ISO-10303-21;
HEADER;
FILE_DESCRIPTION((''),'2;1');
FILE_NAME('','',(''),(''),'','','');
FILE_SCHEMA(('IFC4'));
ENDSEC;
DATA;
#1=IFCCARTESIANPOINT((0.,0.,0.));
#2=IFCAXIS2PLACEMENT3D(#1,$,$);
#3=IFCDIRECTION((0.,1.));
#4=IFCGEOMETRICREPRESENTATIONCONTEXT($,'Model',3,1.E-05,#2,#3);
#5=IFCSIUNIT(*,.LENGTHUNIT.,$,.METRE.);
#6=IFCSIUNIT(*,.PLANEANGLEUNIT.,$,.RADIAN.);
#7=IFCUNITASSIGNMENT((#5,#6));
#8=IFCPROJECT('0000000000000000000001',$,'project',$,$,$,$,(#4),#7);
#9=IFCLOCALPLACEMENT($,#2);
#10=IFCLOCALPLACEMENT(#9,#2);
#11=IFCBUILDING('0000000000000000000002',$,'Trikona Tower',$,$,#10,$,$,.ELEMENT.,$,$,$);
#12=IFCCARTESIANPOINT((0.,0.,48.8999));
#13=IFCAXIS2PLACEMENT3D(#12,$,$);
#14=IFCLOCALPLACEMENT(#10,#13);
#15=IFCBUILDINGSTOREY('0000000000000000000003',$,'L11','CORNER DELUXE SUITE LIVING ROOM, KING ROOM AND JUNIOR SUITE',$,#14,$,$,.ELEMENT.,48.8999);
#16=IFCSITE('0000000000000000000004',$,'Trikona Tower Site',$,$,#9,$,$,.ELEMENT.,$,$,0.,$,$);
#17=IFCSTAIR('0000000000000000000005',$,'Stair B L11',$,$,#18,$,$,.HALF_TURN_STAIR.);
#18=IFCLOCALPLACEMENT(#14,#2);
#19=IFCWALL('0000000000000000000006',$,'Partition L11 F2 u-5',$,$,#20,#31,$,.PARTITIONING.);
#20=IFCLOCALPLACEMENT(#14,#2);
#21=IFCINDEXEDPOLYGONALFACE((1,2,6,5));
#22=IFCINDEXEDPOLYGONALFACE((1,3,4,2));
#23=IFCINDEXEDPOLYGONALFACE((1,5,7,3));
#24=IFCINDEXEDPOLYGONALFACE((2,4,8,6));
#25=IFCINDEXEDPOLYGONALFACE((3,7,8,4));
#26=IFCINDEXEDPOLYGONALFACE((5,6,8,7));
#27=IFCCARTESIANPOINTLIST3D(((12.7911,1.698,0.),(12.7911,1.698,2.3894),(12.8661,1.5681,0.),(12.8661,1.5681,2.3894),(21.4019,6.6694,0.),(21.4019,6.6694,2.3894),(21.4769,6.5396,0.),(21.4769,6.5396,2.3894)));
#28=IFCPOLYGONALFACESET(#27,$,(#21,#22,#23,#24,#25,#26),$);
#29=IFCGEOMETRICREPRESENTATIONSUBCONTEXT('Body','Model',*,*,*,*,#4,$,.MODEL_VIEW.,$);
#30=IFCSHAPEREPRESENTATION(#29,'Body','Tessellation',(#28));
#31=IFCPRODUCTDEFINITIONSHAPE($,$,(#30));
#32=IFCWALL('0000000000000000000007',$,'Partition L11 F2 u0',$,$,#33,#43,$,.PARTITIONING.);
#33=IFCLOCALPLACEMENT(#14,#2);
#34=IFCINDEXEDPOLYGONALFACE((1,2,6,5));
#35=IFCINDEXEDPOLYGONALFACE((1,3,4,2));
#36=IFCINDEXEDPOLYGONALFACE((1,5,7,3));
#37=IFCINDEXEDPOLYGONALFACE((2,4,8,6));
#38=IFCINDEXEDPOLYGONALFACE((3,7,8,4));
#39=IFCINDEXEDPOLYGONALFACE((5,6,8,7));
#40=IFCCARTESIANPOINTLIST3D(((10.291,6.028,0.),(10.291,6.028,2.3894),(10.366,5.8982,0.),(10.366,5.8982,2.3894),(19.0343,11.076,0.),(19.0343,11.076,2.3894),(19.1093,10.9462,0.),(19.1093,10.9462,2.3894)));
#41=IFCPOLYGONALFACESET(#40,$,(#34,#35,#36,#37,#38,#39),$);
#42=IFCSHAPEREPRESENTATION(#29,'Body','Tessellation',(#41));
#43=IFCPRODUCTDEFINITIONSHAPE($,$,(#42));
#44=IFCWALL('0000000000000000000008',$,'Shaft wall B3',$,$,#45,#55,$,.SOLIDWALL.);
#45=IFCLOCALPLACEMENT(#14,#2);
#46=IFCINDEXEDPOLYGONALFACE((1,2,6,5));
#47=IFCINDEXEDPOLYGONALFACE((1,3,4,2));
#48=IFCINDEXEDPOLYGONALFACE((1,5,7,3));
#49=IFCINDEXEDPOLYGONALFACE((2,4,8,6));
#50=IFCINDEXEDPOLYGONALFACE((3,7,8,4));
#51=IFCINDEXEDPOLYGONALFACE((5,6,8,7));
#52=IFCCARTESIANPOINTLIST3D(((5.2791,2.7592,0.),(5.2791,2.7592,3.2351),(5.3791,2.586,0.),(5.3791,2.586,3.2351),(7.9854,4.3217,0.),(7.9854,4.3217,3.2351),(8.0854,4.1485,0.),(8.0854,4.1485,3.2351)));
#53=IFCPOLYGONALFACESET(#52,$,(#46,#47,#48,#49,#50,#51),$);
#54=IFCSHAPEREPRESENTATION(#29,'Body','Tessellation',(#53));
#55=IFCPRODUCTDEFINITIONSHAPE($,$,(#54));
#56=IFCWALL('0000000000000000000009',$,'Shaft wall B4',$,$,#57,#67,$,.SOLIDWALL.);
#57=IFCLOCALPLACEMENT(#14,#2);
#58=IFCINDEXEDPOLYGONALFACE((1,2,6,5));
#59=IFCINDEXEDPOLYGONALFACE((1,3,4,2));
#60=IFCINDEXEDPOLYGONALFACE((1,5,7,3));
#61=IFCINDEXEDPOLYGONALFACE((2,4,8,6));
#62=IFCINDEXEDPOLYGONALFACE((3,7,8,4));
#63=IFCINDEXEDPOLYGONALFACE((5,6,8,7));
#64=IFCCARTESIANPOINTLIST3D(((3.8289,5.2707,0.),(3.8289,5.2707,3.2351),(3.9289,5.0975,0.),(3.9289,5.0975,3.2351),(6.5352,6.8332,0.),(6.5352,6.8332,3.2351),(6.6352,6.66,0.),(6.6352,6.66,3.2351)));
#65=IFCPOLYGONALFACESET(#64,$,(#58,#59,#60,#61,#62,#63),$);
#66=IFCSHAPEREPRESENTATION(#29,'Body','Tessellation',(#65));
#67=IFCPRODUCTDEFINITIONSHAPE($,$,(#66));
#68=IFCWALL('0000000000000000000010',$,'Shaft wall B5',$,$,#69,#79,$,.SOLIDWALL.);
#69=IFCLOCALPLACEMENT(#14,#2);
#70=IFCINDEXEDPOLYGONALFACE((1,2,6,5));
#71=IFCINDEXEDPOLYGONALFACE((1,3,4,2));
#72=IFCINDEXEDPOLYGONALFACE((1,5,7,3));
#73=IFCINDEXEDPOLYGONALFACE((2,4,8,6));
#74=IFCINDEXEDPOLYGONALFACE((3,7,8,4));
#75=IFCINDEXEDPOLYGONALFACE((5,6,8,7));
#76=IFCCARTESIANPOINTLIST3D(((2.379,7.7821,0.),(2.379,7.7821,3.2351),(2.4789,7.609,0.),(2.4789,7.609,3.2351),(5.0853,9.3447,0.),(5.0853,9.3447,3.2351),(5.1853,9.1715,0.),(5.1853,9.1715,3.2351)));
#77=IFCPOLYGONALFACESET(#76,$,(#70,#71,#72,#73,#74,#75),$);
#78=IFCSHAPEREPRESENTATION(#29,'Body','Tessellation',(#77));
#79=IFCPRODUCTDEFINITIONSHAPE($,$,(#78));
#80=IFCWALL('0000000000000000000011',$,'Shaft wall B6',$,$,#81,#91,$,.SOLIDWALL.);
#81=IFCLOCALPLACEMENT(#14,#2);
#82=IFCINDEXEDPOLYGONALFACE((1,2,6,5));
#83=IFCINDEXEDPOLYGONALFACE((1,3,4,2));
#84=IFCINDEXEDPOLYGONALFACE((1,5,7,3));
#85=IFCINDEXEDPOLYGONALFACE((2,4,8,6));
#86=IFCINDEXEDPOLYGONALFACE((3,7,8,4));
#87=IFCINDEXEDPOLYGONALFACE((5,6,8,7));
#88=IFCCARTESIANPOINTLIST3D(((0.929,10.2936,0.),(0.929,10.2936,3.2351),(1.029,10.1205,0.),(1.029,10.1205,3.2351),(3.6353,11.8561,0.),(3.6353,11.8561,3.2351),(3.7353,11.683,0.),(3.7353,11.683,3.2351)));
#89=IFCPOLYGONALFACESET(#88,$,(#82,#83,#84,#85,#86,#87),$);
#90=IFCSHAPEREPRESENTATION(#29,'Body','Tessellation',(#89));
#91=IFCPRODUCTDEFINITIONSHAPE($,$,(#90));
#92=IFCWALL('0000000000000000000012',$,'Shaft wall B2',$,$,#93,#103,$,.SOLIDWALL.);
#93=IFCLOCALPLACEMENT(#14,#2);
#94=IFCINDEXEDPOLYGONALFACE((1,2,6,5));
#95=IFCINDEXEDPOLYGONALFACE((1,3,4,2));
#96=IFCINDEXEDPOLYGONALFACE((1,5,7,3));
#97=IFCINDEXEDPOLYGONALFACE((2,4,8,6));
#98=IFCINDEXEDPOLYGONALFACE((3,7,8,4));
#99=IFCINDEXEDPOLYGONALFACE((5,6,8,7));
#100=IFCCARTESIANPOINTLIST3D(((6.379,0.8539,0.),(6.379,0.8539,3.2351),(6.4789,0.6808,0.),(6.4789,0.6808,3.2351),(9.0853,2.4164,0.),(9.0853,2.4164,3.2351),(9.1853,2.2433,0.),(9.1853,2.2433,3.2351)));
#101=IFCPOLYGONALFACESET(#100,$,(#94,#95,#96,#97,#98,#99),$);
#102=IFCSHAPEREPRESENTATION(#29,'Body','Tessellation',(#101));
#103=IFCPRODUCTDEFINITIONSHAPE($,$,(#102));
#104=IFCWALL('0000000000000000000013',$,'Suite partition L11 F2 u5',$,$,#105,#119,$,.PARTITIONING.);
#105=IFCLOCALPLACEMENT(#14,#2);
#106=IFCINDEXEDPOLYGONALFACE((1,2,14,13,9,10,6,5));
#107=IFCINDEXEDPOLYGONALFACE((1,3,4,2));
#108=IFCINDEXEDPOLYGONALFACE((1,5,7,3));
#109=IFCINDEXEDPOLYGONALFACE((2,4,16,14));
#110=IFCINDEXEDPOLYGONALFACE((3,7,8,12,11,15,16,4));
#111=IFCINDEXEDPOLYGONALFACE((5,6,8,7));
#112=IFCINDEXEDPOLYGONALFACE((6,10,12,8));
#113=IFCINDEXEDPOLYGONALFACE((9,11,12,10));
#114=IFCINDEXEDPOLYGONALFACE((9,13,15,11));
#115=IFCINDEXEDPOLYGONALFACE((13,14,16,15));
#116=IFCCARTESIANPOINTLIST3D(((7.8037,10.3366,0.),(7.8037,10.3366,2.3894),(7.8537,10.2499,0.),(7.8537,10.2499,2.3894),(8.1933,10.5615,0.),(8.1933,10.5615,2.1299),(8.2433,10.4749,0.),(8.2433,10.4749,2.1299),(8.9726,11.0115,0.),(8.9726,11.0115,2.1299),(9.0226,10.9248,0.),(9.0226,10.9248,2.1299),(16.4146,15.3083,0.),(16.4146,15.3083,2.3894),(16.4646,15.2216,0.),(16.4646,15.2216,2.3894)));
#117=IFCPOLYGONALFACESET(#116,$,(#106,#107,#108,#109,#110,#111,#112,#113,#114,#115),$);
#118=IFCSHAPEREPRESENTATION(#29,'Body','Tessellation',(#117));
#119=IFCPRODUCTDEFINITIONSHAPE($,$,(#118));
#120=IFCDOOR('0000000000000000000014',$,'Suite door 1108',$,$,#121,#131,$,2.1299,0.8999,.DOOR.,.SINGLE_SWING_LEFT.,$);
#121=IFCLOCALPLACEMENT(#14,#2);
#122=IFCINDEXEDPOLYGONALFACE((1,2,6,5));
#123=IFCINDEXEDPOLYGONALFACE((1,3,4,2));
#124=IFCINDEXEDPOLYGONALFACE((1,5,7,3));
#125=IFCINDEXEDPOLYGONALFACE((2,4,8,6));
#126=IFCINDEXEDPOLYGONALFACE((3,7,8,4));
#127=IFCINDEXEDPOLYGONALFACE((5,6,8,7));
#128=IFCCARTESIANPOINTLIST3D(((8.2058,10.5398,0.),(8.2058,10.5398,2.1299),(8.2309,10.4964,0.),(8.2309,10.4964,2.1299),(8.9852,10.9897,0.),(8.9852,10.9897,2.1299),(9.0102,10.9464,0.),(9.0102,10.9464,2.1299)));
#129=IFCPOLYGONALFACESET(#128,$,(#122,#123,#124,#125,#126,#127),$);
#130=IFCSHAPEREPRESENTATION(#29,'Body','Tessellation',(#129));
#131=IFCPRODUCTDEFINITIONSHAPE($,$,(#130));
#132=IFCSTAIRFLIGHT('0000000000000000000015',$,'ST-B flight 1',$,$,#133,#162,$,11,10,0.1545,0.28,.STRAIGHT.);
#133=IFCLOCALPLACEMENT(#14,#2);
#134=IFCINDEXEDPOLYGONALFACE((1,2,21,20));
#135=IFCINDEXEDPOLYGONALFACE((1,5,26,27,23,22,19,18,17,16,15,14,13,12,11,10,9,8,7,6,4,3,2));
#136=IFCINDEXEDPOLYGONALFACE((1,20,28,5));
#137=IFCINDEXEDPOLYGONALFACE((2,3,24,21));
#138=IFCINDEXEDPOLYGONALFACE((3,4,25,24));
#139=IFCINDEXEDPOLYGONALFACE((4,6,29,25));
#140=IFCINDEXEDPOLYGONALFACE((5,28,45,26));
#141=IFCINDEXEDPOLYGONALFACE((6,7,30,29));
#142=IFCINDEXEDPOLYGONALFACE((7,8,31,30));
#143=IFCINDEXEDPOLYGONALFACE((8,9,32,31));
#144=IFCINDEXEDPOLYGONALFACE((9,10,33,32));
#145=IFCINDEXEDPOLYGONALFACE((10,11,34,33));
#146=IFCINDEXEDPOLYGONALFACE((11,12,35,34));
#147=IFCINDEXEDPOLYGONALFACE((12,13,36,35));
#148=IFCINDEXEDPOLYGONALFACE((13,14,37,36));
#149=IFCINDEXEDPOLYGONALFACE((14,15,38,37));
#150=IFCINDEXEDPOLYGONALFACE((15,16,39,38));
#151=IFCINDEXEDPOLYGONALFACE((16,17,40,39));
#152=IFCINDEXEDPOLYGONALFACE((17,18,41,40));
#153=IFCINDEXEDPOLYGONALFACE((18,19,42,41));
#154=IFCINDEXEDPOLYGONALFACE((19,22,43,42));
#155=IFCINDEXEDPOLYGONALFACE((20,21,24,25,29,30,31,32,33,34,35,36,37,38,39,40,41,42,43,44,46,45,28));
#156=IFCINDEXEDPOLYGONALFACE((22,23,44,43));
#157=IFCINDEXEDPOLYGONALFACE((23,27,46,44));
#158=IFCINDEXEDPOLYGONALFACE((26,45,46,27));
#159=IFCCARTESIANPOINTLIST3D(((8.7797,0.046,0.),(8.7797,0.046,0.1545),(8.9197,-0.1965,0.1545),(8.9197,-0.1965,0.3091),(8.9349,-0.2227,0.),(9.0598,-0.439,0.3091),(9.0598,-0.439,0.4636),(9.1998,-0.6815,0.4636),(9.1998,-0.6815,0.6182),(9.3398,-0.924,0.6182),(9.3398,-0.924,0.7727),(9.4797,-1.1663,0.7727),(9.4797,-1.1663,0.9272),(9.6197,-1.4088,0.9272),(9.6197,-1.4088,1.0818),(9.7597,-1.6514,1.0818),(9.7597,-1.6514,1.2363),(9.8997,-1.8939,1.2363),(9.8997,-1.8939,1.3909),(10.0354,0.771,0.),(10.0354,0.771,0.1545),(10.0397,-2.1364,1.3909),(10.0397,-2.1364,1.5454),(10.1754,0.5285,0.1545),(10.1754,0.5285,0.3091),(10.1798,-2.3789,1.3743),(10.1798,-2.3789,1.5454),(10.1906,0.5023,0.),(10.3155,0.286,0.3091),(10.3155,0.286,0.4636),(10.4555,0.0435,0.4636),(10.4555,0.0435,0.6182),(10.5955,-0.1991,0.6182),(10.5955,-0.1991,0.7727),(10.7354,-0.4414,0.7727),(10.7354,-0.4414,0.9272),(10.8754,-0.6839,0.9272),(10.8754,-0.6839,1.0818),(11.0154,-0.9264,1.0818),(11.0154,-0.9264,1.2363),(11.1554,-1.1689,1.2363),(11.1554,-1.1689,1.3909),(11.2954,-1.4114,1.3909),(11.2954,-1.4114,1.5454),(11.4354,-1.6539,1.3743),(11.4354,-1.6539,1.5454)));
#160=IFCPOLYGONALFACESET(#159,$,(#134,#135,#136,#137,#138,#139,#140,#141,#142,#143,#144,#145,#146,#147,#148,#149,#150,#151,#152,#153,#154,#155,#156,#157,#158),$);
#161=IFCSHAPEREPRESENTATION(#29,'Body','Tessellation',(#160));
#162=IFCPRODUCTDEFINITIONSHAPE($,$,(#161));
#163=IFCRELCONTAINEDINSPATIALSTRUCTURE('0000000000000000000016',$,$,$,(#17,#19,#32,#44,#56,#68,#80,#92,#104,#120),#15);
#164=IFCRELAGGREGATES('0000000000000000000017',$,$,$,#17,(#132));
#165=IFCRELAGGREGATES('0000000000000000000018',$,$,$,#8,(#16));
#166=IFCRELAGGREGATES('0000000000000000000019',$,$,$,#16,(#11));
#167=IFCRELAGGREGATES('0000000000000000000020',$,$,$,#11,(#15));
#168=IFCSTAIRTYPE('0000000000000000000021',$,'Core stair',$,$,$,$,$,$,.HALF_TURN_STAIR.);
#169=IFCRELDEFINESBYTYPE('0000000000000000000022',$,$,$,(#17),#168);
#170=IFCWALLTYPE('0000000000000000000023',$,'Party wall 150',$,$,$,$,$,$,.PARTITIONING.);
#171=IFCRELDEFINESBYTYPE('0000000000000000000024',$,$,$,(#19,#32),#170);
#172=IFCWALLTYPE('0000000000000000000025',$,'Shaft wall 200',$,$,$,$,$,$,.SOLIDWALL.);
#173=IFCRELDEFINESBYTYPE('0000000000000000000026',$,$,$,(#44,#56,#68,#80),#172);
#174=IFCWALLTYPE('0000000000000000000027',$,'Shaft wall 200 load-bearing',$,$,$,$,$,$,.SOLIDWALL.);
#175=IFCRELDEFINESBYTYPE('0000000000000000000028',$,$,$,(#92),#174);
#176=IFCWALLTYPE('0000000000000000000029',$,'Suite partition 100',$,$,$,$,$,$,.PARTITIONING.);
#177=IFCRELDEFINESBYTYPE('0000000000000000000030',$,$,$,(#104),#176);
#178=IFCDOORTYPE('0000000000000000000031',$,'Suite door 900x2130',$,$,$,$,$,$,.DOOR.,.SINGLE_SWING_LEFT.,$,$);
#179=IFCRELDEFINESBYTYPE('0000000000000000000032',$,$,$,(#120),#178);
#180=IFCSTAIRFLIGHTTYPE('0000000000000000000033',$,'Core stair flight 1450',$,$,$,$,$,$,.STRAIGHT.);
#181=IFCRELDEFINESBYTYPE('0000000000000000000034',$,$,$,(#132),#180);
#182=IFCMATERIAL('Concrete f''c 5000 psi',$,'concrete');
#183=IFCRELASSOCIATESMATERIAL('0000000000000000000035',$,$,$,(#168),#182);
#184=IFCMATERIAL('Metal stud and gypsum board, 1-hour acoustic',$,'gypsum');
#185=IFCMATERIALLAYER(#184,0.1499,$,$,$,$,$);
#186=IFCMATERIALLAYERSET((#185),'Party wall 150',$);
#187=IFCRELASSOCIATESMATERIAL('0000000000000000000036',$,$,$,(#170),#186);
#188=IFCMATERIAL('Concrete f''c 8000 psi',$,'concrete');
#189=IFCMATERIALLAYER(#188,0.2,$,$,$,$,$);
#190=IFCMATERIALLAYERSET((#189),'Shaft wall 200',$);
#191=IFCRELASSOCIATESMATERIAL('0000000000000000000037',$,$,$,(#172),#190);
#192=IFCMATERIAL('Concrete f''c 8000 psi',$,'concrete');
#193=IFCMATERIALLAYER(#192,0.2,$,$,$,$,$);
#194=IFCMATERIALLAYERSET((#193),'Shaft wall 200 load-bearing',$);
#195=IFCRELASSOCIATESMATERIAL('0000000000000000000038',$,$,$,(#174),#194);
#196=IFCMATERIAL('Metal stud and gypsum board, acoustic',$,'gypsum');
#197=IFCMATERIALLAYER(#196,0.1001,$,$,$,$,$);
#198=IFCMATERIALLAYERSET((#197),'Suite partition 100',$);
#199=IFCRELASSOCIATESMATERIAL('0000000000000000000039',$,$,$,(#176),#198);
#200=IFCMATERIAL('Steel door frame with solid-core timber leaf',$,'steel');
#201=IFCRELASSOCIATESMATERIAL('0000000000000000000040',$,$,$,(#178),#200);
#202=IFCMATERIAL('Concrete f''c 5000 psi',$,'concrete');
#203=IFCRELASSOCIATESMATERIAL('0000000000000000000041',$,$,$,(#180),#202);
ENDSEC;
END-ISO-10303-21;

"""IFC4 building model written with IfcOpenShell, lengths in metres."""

from ifc_helpers import new_model, si_unit, direction, frame, frame_2d, origin, place, context, subcontext, project, spatial, polyline, rectangle, outline, extrude, material, layer, layer_set, type_object, element, fill, aggregate, save


model = new_model("IFC4")

# Units and contexts
model_context = context("Model", 3, precision=1e-05, world=origin(), true_north=direction((0.0, 1.0)))
body_context = subcontext(model_context, "Body", "Model", "MODEL_VIEW")
ifc_project = project(units=[si_unit("LENGTHUNIT", "METRE"), si_unit("PLANEANGLEUNIT", "RADIAN")], contexts=[model_context])

# Site, building, storey
site_placement = place(None, origin())
site = spatial("IfcSite", under=ifc_project, at=site_placement, Name="Trikona Tower Site", CompositionType="ELEMENT", RefElevation=0.0)
building_placement = place(site_placement, origin())
building = spatial("IfcBuilding", under=site, at=building_placement, Name="Trikona Tower", CompositionType="ELEMENT")
storey_placement = place(building_placement, frame((0.0, 0.0, 48.8999)))
storey = spatial("IfcBuildingStorey", under=building, at=storey_placement, Name="L11", Description="CORNER DELUXE SUITE LIVING ROOM, KING ROOM AND JUNIOR SUITE", CompositionType="ELEMENT", Elevation=48.8999)

# Stair
ifc_material_1 = material(Name="Concrete f'c 5000 psi", Category="concrete")
stair_type = type_object("IfcStairType", Name="Core stair", PredefinedType="HALF_TURN_STAIR", material=ifc_material_1)
stair_1_placement = place(storey_placement, origin())
stair_1 = element("IfcStair", 1, at=stair_1_placement, inside=storey, type_object=stair_type, Name="Stair B L11", PredefinedType="HALF_TURN_STAIR")

# Walls
ifc_material_2 = material(Name="Metal stud and gypsum board, 1-hour acoustic", Category="gypsum")
ifc_layer_1 = layer(ifc_material_2, 0.1499)
ifc_layer_set_1 = layer_set([ifc_layer_1], Name="Party wall 150")
wall_type_1 = type_object("IfcWallType", Name="Party wall 150", PredefinedType="PARTITIONING", material=ifc_layer_set_1)
wall_1_placement = place(storey_placement, frame((12.8286, 1.6331, 0.0), z_axis=(0.0, 0.0, 1.0), x_axis=(0.866027, 0.499997, 0.0)))
element("IfcWall", 2, at=wall_1_placement, inside=storey, type_object=wall_type_1, Name="Partition L11 F2 u-5", PredefinedType="PARTITIONING", context=body_context, shape_type="SweptSolid", body=[
    extrude(rectangle(XDim=9.9429, YDim=0.1499, at=frame_2d((4.9714, 0.0))), origin(), (0.0, 0.0, 1.0), 2.3894),
])
wall_2_placement = place(storey_placement, frame((10.3286, 5.9631, 0.0), z_axis=(0.0, 0.0, 1.0), x_axis=(0.866022, 0.500006, 0.0)))
element("IfcWall", 3, at=wall_2_placement, inside=storey, type_object=wall_type_1, Name="Partition L11 F2 u0", PredefinedType="PARTITIONING", context=body_context, shape_type="SweptSolid", body=[
    extrude(rectangle(XDim=10.0959, YDim=0.1499, at=frame_2d((5.0479, 0.0))), origin(), (0.0, 0.0, 1.0), 2.3894),
])
ifc_material_3 = material(Name="Concrete f'c 8000 psi", Category="concrete")
ifc_layer_2 = layer(ifc_material_3, 0.2)
ifc_layer_set_2 = layer_set([ifc_layer_2], Name="Shaft wall 200")
wall_type_2 = type_object("IfcWallType", Name="Shaft wall 200", PredefinedType="SOLIDWALL", material=ifc_layer_set_2)
for number, where, z_axis, x_axis, name in (
    (4, (5.3291, 2.6726, 0.0), (0.0, 0.0, 1.0), (0.866023, 0.500004, 0.0), "Shaft wall B3"),
    (5, (3.8789, 5.1841, 0.0), (0.0, 0.0, 1.0), (0.866023, 0.500004, 0.0), "Shaft wall B4"),
    (6, (2.429, 7.6956, 0.0), (0.0, 0.0, 1.0), (0.866023, 0.500004, 0.0), "Shaft wall B5"),
    (7, (0.979, 10.207, 0.0), (0.0, 0.0, 1.0), (0.866023, 0.500004, 0.0), "Shaft wall B6"),
):
    element("IfcWall", number, at=place(storey_placement, frame(where, z_axis=z_axis, x_axis=x_axis)), inside=storey, type_object=wall_type_2, Name=name, PredefinedType="SOLIDWALL", context=body_context, shape_type="SweptSolid", body=[
        extrude(rectangle(XDim=3.125, YDim=0.2, at=frame_2d((1.5625, 0.0))), origin(), (0.0, 0.0, 1.0), 3.2351),
    ])
ifc_material_4 = material(Name="Concrete f'c 8000 psi", Category="concrete")
ifc_layer_3 = layer(ifc_material_4, 0.2)
ifc_layer_set_3 = layer_set([ifc_layer_3], Name="Shaft wall 200 load-bearing")
wall_type_3 = type_object("IfcWallType", Name="Shaft wall 200 load-bearing", PredefinedType="SOLIDWALL", material=ifc_layer_set_3)
wall_3_placement = place(storey_placement, frame((6.429, 0.7673, 0.0), z_axis=(0.0, 0.0, 1.0), x_axis=(0.866023, 0.500004, 0.0)))
element("IfcWall", 8, at=wall_3_placement, inside=storey, type_object=wall_type_3, Name="Shaft wall B2", PredefinedType="SOLIDWALL", context=body_context, shape_type="SweptSolid", body=[
    extrude(rectangle(XDim=3.125, YDim=0.2, at=frame_2d((1.5625, 0.0))), origin(), (0.0, 0.0, 1.0), 3.2351),
])

# Wall, opening, door
ifc_material_5 = material(Name="Metal stud and gypsum board, acoustic", Category="gypsum")
ifc_layer_4 = layer(ifc_material_5, 0.1001)
ifc_layer_set_4 = layer_set([ifc_layer_4], Name="Suite partition 100")
wall_type_4 = type_object("IfcWallType", Name="Suite partition 100", PredefinedType="PARTITIONING", material=ifc_layer_set_4)
wall_4_placement = place(storey_placement, frame((7.8286, 10.2932, 0.0), z_axis=(0.0, 0.0, 1.0), x_axis=(0.866016, 0.500016, 0.0)))
wall_4 = element("IfcWall", 9, at=wall_4_placement, inside=storey, type_object=wall_type_4, Name="Suite partition L11 F2 u5", PredefinedType="PARTITIONING", context=body_context, shape_type="SweptSolid", body=[
    extrude(rectangle(XDim=9.9431, YDim=0.1001, at=frame_2d((4.9717, 0.0))), origin(), (0.0, 0.0, 1.0), 2.3894),
])
opening_1_placement = place(wall_4_placement, frame((0.45, 0.0, 0.0)))
opening_1 = element("IfcOpeningElement", 10, at=opening_1_placement, cuts=wall_4, PredefinedType="OPENING", context=body_context, shape_type="SweptSolid", body=[
    extrude(rectangle(XDim=0.8999, YDim=2.1299, at=frame_2d((0.45, 1.0649))), frame((0.0, 0.0601, 0.0), z_axis=(0.0, -1.0, 0.0), x_axis=(1.0, 0.0, 0.0)), (0.0, 0.0, 1.0), 0.1201),
])
ifc_material_6 = material(Name="Steel door frame with solid-core timber leaf", Category="steel")
door_type_1 = type_object("IfcDoorType", Name="Suite door 900x2130", OperationType="SINGLE_SWING_LEFT", PredefinedType="DOOR", material=ifc_material_6)
door_1_placement = place(opening_1_placement, origin())
door_1 = element("IfcDoor", 11, at=door_1_placement, inside=storey, type_object=door_type_1, Name="Suite door 1108", OperationType="SINGLE_SWING_LEFT", OverallHeight=2.1299, OverallWidth=0.8999, PredefinedType="DOOR", context=body_context, shape_type="SweptSolid", body=[
    extrude(rectangle(XDim=0.8999, YDim=2.1299, at=frame_2d((0.45, 1.0649))), frame((0.0, 0.0249, 0.0), z_axis=(0.0, -1.0, 0.0), x_axis=(1.0, 0.0, 0.0)), (0.0, 0.0, 1.0), 0.05),
])
fill(opening_1, door_1)

# Stair flight
ifc_material_7 = material(Name="Concrete f'c 5000 psi", Category="concrete")
stair_flight_type = type_object("IfcStairFlightType", Name="Core stair flight 1450", PredefinedType="STRAIGHT", material=ifc_material_7)
stair_flight_placement = place(storey_placement, frame((9.4075, 0.4084, 0.0), z_axis=(0.0, 0.0, 1.0), x_axis=(0.5, -0.866025, 0.0)))
stair_flight = element("IfcStairFlight", 12, at=stair_flight_placement, type_object=stair_flight_type, Name="ST-B flight 1", NumberOfRisers=11, NumberOfTreads=10, PredefinedType="STRAIGHT", RiserHeight=0.1545, TreadLength=0.28, context=body_context, shape_type="SweptSolid", body=[
    extrude(outline(polyline([(0.0, 0.0), (0.0, 0.1545), (0.28, 0.1545), (0.28, 0.3091), (0.5601, 0.3091), (0.5601, 0.4636), (0.8401, 0.4636), (0.8401, 0.6182), (1.1201, 0.6182), (1.1201, 0.7727), (1.3999, 0.7727), (1.3999, 0.9272), (1.6799, 0.9272), (1.6799, 1.0818), (1.96, 1.0818), (1.96, 1.2363), (2.24, 1.2363), (2.24, 1.3909), (2.52, 1.3909), (2.52, 1.5454), (2.8, 1.5454), (2.8, 1.7), (2.8, 1.3743), (0.3103, 0.0), (0.0, 0.0)])), frame((0.0, 0.7251, 0.0), z_axis=(0.0, -1.0, 0.0), x_axis=(1.0, 0.0, 0.0)), (0.0, 0.0, 1.0), 1.45),
])
aggregate(stair_1, [stair_flight])

save(model, "model.ifc")
